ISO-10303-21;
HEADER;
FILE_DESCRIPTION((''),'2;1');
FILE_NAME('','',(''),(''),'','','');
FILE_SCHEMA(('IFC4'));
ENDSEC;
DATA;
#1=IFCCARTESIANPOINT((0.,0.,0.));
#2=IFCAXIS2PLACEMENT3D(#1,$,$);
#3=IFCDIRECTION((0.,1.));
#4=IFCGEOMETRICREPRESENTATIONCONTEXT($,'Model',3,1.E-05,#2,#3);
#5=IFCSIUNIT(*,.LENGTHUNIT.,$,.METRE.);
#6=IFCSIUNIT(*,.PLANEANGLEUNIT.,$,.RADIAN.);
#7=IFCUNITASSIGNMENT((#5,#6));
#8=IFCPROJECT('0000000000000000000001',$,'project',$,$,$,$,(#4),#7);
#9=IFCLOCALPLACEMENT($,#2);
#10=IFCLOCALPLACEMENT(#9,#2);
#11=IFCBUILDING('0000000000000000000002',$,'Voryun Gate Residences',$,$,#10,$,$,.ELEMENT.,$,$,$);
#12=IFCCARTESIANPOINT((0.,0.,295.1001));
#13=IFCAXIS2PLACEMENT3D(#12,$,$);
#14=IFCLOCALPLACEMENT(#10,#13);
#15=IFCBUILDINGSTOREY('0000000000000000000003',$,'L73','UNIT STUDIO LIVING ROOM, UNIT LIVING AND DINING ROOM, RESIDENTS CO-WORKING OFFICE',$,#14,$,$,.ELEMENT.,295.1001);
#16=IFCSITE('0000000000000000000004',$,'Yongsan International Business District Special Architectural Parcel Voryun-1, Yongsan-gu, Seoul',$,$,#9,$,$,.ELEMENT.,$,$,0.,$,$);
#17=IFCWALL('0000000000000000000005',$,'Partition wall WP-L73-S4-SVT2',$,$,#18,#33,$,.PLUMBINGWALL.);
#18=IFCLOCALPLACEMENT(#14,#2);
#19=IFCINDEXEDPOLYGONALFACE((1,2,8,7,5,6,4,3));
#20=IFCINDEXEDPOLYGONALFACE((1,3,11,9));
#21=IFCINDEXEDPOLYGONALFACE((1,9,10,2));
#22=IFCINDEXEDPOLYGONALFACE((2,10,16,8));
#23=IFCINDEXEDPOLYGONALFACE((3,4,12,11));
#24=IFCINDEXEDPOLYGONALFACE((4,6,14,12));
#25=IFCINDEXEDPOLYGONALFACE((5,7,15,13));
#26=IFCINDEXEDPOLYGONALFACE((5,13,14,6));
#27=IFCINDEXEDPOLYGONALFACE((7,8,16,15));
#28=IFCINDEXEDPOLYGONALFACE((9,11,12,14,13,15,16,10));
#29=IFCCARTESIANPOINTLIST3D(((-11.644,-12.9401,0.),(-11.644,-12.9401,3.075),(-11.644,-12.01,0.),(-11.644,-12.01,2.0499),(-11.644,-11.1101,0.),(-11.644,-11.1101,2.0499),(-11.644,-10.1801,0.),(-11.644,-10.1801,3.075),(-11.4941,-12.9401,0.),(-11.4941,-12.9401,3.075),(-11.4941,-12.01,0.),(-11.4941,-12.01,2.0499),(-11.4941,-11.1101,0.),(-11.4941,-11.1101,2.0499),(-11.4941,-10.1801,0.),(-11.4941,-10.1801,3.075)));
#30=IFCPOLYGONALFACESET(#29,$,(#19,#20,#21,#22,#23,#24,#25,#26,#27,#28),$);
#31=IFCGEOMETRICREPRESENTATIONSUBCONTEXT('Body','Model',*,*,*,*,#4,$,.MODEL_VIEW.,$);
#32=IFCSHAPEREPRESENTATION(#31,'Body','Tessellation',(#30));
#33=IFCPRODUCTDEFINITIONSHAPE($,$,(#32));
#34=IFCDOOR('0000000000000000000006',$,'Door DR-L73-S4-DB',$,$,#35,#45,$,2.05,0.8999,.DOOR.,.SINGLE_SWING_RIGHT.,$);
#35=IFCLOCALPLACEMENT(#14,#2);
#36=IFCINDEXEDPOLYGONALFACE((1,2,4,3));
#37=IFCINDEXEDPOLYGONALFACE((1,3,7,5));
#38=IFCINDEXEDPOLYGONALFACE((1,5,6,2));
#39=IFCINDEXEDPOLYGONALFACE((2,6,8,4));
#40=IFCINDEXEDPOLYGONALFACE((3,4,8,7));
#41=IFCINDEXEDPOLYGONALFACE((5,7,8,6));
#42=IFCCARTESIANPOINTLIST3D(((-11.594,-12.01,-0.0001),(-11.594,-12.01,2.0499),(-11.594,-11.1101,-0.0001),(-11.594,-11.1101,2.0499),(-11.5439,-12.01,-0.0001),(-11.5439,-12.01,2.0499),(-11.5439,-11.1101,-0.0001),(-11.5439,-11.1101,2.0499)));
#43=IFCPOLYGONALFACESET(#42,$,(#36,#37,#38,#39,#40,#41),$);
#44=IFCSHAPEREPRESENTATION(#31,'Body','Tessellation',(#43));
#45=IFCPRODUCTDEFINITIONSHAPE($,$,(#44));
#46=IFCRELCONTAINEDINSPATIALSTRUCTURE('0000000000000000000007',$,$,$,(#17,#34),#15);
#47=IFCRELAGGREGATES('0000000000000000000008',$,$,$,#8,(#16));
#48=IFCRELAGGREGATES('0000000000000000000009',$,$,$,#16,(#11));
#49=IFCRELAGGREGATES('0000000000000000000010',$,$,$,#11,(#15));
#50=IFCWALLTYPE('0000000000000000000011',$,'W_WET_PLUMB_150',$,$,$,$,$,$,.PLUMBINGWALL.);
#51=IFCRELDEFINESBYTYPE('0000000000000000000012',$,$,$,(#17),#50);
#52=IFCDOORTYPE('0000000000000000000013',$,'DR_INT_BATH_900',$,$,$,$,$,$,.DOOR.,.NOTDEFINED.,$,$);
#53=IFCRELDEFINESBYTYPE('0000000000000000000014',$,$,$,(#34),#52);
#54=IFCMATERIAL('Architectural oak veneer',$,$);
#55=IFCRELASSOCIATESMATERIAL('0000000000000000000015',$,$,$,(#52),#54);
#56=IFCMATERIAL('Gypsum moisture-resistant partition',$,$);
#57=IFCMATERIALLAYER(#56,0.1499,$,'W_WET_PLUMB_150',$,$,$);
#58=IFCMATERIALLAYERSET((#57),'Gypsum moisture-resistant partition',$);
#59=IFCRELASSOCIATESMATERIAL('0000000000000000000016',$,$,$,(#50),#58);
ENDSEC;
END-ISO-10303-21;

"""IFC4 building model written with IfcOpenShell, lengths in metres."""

from ifc_helpers import new_model, si_unit, direction, frame, frame_2d, origin, place, context, subcontext, project, spatial, rectangle, extrude, material, layer, layer_set, type_object, element, fill, save


model = new_model("IFC4")

# Units and contexts
model_context = context("Model", 3, precision=1e-05, world=origin(), true_north=direction((0.0, 1.0)))
body_context = subcontext(model_context, "Body", "Model", "MODEL_VIEW")
ifc_project = project(units=[si_unit("LENGTHUNIT", "METRE"), si_unit("PLANEANGLEUNIT", "RADIAN")], contexts=[model_context])

# Site, building, storey
site_placement = place(None, origin())
site = spatial("IfcSite", under=ifc_project, at=site_placement, Name="Yongsan International Business District Special Architectural Parcel Voryun-1, Yongsan-gu, Seoul", CompositionType="ELEMENT", RefElevation=0.0)
building_placement = place(site_placement, origin())
building = spatial("IfcBuilding", under=site, at=building_placement, Name="Voryun Gate Residences", CompositionType="ELEMENT")
storey_placement = place(building_placement, frame((0.0, 0.0, 295.1001)))
storey = spatial("IfcBuildingStorey", under=building, at=storey_placement, Name="L73", Description="UNIT STUDIO LIVING ROOM, UNIT LIVING AND DINING ROOM, RESIDENTS CO-WORKING OFFICE", CompositionType="ELEMENT", Elevation=295.1001)

# Shared definitions
ifc_material_1 = material(Name="Architectural oak veneer")
door_type_1 = type_object("IfcDoorType", Name="DR_INT_BATH_900", OperationType="NOTDEFINED", PredefinedType="DOOR", material=ifc_material_1)

# Shared definitions
ifc_material_2 = material(Name="Gypsum moisture-resistant partition")
ifc_layer_1 = layer(ifc_material_2, 0.1499, Name="W_WET_PLUMB_150")
ifc_layer_set_1 = layer_set([ifc_layer_1], Name="Gypsum moisture-resistant partition")
wall_type_1 = type_object("IfcWallType", Name="W_WET_PLUMB_150", PredefinedType="PLUMBINGWALL", material=ifc_layer_set_1)

# Wall, opening, door
wall_1_placement = place(storey_placement, frame((-11.5691, -12.9399, 0.0), z_axis=(0.0, 0.0, 1.0), x_axis=(0.0, 1.0, 0.0)))
wall_1 = element("IfcWall", 1, at=wall_1_placement, inside=storey, type_object=wall_type_1, Name="Partition wall WP-L73-S4-SVT2", PredefinedType="PLUMBINGWALL", context=body_context, shape_type="SweptSolid", body=[
    extrude(rectangle(XDim=2.76, YDim=0.1499, at=frame_2d((1.3799, 0.0))), origin(), (0.0, 0.0, 1.0), 3.075),
])
opening_1_placement = place(wall_1_placement, frame((0.9299, 0.0, 0.0)))
opening_1 = element("IfcOpeningElement", 2, at=opening_1_placement, cuts=wall_1, PredefinedType="OPENING", context=body_context, shape_type="SweptSolid", body=[
    extrude(rectangle(XDim=0.8999, YDim=2.05, at=frame_2d((0.45, 1.0249))), frame((0.0, 0.085, 0.0), z_axis=(0.0, -1.0, 0.0), x_axis=(1.0, 0.0, 0.0)), (0.0, 0.0, 1.0), 0.1699),
])
door_1_placement = place(opening_1_placement, origin())
door_1 = element("IfcDoor", 3, at=door_1_placement, inside=storey, type_object=door_type_1, Name="Door DR-L73-S4-DB", OperationType="SINGLE_SWING_RIGHT", OverallHeight=2.05, OverallWidth=0.8999, PredefinedType="DOOR", context=body_context, shape_type="SweptSolid", body=[
    extrude(rectangle(XDim=0.8999, YDim=2.05, at=frame_2d((0.45, 1.0249))), frame((0.0, 0.0249, 0.0), z_axis=(0.0, -1.0, 0.0), x_axis=(1.0, 0.0, 0.0)), (0.0, 0.0, 1.0), 0.05),
])
fill(opening_1, door_1)

save(model, "model.ifc")
